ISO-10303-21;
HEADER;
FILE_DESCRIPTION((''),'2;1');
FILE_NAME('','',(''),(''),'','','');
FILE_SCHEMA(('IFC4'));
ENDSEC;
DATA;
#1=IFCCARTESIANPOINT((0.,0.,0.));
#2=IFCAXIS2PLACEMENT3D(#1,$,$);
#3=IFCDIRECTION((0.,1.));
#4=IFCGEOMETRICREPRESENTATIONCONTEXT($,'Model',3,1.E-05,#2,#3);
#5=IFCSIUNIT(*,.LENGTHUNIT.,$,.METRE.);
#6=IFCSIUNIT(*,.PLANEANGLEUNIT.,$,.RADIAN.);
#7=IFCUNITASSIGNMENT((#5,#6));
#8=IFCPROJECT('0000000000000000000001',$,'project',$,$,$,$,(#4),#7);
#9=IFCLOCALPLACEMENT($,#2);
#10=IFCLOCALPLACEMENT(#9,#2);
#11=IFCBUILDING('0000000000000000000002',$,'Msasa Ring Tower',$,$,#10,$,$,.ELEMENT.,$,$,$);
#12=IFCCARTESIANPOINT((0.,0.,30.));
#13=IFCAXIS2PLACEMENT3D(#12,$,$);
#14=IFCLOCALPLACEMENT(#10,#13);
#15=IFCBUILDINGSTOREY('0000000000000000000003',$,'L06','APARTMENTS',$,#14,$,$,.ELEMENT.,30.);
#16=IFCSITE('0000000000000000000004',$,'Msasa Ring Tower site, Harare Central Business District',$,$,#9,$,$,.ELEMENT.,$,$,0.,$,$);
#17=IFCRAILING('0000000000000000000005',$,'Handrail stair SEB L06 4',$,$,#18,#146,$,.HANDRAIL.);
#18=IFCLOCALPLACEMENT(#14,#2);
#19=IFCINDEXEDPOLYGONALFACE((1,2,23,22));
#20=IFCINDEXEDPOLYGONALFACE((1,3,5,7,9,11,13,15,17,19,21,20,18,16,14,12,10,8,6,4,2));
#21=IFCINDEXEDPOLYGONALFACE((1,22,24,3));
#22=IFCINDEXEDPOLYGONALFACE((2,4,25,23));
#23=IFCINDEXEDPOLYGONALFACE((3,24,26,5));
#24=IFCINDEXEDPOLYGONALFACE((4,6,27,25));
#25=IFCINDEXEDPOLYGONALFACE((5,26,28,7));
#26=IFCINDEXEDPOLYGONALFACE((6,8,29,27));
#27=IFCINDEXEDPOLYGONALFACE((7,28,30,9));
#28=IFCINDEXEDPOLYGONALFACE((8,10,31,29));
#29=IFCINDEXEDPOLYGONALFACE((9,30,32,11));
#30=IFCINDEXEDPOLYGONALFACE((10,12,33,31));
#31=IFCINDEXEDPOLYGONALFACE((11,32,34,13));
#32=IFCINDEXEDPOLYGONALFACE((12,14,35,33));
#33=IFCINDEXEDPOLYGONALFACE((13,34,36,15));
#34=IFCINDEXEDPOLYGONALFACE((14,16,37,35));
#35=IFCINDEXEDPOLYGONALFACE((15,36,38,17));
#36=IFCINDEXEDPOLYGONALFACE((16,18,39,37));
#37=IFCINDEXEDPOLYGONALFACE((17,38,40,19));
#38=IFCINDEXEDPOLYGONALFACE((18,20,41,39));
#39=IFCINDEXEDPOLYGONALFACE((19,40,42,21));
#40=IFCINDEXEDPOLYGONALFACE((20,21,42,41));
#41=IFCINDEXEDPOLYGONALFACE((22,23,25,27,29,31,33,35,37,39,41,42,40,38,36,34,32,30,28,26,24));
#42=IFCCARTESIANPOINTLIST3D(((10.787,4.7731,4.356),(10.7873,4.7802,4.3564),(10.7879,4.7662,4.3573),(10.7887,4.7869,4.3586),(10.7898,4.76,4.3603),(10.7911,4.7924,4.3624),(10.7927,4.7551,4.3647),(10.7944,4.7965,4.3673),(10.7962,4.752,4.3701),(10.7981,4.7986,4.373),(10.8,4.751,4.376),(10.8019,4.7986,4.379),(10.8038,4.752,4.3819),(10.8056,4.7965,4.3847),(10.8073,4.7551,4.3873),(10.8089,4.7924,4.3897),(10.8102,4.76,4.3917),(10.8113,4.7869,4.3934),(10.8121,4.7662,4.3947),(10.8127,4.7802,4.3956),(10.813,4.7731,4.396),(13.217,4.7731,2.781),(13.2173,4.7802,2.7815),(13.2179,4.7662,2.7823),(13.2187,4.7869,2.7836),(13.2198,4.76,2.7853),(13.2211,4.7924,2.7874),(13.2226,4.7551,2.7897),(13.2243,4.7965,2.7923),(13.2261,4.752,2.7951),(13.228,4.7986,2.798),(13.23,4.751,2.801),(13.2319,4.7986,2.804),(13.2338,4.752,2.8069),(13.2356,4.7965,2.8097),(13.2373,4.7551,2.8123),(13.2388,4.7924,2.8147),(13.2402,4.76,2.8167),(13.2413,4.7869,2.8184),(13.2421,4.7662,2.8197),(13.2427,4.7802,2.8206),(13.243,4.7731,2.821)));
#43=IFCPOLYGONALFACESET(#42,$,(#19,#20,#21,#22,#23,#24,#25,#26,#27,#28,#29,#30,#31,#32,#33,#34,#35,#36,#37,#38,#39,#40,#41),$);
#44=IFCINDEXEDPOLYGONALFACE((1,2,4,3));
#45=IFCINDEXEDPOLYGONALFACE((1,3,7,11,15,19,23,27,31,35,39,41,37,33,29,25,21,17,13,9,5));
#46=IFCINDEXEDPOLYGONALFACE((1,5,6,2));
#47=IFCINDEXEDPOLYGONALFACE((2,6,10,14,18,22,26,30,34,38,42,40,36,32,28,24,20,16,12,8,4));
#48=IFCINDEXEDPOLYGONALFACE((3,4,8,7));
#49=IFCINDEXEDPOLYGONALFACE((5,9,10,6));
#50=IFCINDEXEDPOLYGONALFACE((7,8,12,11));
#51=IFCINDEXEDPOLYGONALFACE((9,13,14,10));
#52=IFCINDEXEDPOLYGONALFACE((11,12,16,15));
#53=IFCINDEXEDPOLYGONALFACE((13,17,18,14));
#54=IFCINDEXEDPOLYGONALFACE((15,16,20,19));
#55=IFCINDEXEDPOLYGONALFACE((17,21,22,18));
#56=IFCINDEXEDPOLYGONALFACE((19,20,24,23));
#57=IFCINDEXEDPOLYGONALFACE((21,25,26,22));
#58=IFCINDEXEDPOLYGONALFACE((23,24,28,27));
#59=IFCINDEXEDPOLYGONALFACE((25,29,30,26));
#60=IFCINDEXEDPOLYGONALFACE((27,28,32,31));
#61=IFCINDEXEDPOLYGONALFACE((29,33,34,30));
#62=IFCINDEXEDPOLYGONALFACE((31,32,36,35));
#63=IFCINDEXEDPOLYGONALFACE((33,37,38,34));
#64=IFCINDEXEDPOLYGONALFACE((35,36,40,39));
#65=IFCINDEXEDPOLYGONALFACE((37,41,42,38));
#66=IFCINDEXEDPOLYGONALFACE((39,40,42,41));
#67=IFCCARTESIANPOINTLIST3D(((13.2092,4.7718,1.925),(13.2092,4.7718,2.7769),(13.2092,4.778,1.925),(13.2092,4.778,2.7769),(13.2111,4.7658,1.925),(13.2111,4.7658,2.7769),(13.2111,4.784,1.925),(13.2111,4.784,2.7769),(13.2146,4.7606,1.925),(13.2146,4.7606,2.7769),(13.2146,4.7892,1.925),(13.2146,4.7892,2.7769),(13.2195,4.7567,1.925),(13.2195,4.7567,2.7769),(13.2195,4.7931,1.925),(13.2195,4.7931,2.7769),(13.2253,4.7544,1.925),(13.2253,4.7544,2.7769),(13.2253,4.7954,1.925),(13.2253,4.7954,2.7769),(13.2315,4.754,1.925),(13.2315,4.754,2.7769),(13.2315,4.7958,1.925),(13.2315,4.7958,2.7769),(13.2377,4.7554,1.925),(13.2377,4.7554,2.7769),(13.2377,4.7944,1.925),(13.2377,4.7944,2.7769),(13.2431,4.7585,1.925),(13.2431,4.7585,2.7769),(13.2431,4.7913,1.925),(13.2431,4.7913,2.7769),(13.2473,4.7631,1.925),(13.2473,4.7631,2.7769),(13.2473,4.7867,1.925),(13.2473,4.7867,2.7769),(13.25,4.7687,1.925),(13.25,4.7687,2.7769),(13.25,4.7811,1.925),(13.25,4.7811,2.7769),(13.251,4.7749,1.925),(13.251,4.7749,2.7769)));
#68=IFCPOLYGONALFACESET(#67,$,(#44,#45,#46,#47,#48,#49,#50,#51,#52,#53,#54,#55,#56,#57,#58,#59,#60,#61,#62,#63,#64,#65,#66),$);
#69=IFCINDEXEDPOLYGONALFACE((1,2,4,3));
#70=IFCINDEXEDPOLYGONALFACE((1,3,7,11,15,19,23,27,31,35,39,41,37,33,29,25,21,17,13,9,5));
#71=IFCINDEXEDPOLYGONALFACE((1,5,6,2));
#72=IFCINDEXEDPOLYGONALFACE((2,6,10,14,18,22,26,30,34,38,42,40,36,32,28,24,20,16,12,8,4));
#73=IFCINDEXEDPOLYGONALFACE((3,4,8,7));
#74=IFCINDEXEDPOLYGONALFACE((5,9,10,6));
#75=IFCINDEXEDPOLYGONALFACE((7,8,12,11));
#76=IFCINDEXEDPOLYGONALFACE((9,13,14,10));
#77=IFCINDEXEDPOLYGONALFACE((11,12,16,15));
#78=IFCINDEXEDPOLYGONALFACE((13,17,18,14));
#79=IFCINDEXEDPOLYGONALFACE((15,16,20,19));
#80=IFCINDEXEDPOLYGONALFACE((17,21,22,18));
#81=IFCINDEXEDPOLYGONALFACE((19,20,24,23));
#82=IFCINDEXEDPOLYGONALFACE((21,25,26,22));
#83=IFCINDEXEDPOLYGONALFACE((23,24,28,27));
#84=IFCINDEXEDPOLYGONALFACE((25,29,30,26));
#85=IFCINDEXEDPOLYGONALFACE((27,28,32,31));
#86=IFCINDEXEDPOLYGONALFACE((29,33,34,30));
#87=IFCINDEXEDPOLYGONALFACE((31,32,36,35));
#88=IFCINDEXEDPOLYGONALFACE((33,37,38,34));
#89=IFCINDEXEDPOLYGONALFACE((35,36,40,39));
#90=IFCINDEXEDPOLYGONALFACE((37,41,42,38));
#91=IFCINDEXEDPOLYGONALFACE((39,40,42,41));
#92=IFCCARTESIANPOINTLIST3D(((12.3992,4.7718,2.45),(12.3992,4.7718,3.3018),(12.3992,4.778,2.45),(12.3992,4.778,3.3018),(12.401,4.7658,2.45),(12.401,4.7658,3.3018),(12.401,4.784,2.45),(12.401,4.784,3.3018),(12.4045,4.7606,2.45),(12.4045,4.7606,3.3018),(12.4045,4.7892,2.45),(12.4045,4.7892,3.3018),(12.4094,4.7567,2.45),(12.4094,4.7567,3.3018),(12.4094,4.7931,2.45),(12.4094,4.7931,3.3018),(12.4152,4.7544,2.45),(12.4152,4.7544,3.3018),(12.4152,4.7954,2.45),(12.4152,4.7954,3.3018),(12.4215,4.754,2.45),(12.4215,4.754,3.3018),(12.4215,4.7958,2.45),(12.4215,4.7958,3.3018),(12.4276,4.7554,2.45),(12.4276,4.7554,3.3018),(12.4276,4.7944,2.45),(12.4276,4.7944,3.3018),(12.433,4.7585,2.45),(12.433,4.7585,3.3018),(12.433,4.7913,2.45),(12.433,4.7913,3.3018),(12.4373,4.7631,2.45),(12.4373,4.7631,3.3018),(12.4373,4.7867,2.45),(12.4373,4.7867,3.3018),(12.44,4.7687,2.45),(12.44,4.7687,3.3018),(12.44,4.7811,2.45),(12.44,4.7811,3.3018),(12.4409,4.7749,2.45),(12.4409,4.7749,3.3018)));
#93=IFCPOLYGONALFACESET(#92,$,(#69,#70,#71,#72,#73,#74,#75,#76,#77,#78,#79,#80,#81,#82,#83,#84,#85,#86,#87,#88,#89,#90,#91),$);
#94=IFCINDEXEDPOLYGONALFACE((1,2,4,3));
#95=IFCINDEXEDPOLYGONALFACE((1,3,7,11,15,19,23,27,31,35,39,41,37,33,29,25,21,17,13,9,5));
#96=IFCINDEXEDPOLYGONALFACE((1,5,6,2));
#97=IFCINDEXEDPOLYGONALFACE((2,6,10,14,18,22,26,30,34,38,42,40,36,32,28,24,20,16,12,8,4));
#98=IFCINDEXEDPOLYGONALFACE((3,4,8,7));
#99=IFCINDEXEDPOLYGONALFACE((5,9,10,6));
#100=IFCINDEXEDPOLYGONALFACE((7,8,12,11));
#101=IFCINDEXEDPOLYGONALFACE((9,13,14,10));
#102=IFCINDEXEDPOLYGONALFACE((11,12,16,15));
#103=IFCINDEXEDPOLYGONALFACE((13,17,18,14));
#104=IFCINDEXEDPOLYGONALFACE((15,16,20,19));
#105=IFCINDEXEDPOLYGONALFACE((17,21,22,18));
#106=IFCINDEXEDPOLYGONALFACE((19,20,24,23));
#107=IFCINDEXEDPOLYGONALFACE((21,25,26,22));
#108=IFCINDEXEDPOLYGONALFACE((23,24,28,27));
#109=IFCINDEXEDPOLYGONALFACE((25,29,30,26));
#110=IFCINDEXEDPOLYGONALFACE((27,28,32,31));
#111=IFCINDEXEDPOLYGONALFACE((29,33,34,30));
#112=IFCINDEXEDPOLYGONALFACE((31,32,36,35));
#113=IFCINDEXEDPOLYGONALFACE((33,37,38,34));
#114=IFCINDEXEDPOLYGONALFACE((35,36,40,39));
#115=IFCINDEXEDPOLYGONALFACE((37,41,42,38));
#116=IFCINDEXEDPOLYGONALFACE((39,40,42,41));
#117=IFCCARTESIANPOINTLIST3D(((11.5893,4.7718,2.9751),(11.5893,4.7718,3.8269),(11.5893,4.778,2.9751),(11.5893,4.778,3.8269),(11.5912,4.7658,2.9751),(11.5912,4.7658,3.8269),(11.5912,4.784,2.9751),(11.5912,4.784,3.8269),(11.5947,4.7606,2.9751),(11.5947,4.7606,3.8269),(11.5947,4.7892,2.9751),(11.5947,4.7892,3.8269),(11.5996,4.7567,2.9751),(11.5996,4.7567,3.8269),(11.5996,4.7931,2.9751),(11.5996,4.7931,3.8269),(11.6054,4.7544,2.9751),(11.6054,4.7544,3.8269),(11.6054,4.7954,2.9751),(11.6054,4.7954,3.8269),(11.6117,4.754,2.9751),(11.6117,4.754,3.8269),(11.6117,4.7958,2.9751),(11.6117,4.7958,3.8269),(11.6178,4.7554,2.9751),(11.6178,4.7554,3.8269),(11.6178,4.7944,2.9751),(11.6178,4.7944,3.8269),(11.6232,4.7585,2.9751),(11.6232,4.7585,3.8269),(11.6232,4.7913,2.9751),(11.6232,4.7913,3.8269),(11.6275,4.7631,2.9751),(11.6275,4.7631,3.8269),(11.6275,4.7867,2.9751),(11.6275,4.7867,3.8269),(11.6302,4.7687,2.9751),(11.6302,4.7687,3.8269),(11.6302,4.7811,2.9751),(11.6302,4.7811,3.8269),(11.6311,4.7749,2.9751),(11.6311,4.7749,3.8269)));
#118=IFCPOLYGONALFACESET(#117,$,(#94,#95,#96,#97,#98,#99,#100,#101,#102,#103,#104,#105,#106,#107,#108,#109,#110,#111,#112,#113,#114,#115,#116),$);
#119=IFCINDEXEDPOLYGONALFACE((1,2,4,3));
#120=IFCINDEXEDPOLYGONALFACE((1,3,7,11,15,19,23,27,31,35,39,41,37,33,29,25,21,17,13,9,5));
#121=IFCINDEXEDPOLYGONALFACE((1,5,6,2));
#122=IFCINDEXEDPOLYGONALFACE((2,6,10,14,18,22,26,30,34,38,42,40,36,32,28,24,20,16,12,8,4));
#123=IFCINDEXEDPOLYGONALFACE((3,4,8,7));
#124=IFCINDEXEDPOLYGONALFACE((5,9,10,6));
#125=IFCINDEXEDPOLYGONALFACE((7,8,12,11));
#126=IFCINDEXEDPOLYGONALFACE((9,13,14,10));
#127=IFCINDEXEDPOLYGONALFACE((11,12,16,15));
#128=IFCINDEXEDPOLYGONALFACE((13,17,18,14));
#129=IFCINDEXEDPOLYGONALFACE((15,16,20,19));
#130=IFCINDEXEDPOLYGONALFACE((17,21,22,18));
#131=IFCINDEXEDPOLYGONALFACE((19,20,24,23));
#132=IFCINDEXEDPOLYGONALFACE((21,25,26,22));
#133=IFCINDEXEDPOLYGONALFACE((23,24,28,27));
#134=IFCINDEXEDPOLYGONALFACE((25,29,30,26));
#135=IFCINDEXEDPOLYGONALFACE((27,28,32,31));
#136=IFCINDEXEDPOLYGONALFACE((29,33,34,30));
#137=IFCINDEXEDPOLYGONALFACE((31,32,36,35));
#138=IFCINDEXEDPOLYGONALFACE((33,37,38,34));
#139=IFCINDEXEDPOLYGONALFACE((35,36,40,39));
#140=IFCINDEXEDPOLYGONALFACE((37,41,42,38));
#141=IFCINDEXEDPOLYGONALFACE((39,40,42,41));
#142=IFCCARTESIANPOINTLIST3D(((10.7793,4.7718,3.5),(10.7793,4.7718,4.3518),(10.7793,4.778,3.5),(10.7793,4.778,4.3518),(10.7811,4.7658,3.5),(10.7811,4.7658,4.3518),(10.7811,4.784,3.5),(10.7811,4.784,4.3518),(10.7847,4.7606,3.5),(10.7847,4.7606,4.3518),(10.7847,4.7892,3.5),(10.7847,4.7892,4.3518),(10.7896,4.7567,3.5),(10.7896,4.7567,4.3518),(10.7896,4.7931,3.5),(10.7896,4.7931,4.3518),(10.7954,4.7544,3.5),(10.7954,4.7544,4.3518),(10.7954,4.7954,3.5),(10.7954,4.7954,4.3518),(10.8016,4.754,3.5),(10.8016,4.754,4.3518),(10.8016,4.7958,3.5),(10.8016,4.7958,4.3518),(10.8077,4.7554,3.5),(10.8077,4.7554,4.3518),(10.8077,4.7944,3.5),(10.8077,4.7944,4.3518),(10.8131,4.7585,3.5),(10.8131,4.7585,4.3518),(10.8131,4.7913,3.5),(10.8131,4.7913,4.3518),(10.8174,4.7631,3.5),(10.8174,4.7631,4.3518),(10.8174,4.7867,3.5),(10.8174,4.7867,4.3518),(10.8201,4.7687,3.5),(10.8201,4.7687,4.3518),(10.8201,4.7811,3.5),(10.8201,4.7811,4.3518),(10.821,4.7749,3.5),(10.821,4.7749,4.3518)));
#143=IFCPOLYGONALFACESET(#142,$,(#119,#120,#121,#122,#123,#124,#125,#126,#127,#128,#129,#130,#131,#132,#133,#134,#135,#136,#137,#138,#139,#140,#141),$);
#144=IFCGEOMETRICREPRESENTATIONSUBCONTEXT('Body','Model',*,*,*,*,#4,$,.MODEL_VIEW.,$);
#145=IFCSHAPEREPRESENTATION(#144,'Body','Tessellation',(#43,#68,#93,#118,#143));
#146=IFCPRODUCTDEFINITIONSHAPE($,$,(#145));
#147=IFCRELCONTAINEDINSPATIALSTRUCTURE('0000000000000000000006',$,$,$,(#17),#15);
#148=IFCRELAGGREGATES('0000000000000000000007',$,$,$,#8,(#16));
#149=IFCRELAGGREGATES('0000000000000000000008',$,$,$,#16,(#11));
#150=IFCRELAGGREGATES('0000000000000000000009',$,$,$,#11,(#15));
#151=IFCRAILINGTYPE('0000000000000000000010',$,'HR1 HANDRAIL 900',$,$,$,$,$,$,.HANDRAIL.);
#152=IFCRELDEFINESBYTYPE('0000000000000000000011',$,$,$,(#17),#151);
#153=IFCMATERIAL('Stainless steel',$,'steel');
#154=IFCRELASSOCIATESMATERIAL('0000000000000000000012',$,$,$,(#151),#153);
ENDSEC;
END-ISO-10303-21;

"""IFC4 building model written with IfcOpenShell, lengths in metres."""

from ifc_helpers import new_model, si_unit, direction, frame, origin, origin_2d, place, context, subcontext, project, spatial, circle, extrude, material, type_object, element, save


model = new_model("IFC4")

# Units and contexts
model_context = context("Model", 3, precision=1e-05, world=origin(), true_north=direction((0.0, 1.0)))
body_context = subcontext(model_context, "Body", "Model", "MODEL_VIEW")
ifc_project = project(units=[si_unit("LENGTHUNIT", "METRE"), si_unit("PLANEANGLEUNIT", "RADIAN")], contexts=[model_context])

# Site, building, storey
site_placement = place(None, origin())
site = spatial("IfcSite", under=ifc_project, at=site_placement, Name="Msasa Ring Tower site, Harare Central Business District", CompositionType="ELEMENT", RefElevation=0.0)
building_placement = place(site_placement, origin())
building = spatial("IfcBuilding", under=site, at=building_placement, Name="Msasa Ring Tower", CompositionType="ELEMENT")
storey_placement = place(building_placement, frame((0.0, 0.0, 30.0)))
storey = spatial("IfcBuildingStorey", under=building, at=storey_placement, Name="L06", Description="APARTMENTS", CompositionType="ELEMENT", Elevation=30.0)

# Railing
ifc_material_1 = material(Name="Stainless steel", Category="steel")
railing_type = type_object("IfcRailingType", Name="HR1 HANDRAIL 900", PredefinedType="HANDRAIL", material=ifc_material_1)
for number, where, name in (
    (1, (13.23, 4.7749, 1.925), "Handrail stair SEB L06 4"),
):
    element("IfcRailing", number, at=place(storey_placement, frame(where)), inside=storey, type_object=railing_type, Name=name, PredefinedType="HANDRAIL", context=body_context, shape_type="SweptSolid", body=[
        extrude(circle(Radius=0.0239, at=origin_2d()), frame((0.0, 0.0, 0.876), z_axis=(-0.839154, 0.0, 0.543894), x_axis=(0.0, -1.0, 0.0)), (0.0, 0.0, 1.0), 2.8958),
        extrude(circle(Radius=0.021, at=origin_2d()), origin(), (0.0, 0.0, 1.0), 0.8518),
        extrude(circle(Radius=0.021, at=origin_2d()), frame((-0.8101, 0.0, 0.5249)), (0.0, 0.0, 1.0), 0.8518),
        extrude(circle(Radius=0.021, at=origin_2d()), frame((-1.6199, 0.0, 1.05)), (0.0, 0.0, 1.0), 0.8518),
        extrude(circle(Radius=0.021, at=origin_2d()), frame((-2.4299, 0.0, 1.575)), (0.0, 0.0, 1.0), 0.8518),
    ])

save(model, "model.ifc")
